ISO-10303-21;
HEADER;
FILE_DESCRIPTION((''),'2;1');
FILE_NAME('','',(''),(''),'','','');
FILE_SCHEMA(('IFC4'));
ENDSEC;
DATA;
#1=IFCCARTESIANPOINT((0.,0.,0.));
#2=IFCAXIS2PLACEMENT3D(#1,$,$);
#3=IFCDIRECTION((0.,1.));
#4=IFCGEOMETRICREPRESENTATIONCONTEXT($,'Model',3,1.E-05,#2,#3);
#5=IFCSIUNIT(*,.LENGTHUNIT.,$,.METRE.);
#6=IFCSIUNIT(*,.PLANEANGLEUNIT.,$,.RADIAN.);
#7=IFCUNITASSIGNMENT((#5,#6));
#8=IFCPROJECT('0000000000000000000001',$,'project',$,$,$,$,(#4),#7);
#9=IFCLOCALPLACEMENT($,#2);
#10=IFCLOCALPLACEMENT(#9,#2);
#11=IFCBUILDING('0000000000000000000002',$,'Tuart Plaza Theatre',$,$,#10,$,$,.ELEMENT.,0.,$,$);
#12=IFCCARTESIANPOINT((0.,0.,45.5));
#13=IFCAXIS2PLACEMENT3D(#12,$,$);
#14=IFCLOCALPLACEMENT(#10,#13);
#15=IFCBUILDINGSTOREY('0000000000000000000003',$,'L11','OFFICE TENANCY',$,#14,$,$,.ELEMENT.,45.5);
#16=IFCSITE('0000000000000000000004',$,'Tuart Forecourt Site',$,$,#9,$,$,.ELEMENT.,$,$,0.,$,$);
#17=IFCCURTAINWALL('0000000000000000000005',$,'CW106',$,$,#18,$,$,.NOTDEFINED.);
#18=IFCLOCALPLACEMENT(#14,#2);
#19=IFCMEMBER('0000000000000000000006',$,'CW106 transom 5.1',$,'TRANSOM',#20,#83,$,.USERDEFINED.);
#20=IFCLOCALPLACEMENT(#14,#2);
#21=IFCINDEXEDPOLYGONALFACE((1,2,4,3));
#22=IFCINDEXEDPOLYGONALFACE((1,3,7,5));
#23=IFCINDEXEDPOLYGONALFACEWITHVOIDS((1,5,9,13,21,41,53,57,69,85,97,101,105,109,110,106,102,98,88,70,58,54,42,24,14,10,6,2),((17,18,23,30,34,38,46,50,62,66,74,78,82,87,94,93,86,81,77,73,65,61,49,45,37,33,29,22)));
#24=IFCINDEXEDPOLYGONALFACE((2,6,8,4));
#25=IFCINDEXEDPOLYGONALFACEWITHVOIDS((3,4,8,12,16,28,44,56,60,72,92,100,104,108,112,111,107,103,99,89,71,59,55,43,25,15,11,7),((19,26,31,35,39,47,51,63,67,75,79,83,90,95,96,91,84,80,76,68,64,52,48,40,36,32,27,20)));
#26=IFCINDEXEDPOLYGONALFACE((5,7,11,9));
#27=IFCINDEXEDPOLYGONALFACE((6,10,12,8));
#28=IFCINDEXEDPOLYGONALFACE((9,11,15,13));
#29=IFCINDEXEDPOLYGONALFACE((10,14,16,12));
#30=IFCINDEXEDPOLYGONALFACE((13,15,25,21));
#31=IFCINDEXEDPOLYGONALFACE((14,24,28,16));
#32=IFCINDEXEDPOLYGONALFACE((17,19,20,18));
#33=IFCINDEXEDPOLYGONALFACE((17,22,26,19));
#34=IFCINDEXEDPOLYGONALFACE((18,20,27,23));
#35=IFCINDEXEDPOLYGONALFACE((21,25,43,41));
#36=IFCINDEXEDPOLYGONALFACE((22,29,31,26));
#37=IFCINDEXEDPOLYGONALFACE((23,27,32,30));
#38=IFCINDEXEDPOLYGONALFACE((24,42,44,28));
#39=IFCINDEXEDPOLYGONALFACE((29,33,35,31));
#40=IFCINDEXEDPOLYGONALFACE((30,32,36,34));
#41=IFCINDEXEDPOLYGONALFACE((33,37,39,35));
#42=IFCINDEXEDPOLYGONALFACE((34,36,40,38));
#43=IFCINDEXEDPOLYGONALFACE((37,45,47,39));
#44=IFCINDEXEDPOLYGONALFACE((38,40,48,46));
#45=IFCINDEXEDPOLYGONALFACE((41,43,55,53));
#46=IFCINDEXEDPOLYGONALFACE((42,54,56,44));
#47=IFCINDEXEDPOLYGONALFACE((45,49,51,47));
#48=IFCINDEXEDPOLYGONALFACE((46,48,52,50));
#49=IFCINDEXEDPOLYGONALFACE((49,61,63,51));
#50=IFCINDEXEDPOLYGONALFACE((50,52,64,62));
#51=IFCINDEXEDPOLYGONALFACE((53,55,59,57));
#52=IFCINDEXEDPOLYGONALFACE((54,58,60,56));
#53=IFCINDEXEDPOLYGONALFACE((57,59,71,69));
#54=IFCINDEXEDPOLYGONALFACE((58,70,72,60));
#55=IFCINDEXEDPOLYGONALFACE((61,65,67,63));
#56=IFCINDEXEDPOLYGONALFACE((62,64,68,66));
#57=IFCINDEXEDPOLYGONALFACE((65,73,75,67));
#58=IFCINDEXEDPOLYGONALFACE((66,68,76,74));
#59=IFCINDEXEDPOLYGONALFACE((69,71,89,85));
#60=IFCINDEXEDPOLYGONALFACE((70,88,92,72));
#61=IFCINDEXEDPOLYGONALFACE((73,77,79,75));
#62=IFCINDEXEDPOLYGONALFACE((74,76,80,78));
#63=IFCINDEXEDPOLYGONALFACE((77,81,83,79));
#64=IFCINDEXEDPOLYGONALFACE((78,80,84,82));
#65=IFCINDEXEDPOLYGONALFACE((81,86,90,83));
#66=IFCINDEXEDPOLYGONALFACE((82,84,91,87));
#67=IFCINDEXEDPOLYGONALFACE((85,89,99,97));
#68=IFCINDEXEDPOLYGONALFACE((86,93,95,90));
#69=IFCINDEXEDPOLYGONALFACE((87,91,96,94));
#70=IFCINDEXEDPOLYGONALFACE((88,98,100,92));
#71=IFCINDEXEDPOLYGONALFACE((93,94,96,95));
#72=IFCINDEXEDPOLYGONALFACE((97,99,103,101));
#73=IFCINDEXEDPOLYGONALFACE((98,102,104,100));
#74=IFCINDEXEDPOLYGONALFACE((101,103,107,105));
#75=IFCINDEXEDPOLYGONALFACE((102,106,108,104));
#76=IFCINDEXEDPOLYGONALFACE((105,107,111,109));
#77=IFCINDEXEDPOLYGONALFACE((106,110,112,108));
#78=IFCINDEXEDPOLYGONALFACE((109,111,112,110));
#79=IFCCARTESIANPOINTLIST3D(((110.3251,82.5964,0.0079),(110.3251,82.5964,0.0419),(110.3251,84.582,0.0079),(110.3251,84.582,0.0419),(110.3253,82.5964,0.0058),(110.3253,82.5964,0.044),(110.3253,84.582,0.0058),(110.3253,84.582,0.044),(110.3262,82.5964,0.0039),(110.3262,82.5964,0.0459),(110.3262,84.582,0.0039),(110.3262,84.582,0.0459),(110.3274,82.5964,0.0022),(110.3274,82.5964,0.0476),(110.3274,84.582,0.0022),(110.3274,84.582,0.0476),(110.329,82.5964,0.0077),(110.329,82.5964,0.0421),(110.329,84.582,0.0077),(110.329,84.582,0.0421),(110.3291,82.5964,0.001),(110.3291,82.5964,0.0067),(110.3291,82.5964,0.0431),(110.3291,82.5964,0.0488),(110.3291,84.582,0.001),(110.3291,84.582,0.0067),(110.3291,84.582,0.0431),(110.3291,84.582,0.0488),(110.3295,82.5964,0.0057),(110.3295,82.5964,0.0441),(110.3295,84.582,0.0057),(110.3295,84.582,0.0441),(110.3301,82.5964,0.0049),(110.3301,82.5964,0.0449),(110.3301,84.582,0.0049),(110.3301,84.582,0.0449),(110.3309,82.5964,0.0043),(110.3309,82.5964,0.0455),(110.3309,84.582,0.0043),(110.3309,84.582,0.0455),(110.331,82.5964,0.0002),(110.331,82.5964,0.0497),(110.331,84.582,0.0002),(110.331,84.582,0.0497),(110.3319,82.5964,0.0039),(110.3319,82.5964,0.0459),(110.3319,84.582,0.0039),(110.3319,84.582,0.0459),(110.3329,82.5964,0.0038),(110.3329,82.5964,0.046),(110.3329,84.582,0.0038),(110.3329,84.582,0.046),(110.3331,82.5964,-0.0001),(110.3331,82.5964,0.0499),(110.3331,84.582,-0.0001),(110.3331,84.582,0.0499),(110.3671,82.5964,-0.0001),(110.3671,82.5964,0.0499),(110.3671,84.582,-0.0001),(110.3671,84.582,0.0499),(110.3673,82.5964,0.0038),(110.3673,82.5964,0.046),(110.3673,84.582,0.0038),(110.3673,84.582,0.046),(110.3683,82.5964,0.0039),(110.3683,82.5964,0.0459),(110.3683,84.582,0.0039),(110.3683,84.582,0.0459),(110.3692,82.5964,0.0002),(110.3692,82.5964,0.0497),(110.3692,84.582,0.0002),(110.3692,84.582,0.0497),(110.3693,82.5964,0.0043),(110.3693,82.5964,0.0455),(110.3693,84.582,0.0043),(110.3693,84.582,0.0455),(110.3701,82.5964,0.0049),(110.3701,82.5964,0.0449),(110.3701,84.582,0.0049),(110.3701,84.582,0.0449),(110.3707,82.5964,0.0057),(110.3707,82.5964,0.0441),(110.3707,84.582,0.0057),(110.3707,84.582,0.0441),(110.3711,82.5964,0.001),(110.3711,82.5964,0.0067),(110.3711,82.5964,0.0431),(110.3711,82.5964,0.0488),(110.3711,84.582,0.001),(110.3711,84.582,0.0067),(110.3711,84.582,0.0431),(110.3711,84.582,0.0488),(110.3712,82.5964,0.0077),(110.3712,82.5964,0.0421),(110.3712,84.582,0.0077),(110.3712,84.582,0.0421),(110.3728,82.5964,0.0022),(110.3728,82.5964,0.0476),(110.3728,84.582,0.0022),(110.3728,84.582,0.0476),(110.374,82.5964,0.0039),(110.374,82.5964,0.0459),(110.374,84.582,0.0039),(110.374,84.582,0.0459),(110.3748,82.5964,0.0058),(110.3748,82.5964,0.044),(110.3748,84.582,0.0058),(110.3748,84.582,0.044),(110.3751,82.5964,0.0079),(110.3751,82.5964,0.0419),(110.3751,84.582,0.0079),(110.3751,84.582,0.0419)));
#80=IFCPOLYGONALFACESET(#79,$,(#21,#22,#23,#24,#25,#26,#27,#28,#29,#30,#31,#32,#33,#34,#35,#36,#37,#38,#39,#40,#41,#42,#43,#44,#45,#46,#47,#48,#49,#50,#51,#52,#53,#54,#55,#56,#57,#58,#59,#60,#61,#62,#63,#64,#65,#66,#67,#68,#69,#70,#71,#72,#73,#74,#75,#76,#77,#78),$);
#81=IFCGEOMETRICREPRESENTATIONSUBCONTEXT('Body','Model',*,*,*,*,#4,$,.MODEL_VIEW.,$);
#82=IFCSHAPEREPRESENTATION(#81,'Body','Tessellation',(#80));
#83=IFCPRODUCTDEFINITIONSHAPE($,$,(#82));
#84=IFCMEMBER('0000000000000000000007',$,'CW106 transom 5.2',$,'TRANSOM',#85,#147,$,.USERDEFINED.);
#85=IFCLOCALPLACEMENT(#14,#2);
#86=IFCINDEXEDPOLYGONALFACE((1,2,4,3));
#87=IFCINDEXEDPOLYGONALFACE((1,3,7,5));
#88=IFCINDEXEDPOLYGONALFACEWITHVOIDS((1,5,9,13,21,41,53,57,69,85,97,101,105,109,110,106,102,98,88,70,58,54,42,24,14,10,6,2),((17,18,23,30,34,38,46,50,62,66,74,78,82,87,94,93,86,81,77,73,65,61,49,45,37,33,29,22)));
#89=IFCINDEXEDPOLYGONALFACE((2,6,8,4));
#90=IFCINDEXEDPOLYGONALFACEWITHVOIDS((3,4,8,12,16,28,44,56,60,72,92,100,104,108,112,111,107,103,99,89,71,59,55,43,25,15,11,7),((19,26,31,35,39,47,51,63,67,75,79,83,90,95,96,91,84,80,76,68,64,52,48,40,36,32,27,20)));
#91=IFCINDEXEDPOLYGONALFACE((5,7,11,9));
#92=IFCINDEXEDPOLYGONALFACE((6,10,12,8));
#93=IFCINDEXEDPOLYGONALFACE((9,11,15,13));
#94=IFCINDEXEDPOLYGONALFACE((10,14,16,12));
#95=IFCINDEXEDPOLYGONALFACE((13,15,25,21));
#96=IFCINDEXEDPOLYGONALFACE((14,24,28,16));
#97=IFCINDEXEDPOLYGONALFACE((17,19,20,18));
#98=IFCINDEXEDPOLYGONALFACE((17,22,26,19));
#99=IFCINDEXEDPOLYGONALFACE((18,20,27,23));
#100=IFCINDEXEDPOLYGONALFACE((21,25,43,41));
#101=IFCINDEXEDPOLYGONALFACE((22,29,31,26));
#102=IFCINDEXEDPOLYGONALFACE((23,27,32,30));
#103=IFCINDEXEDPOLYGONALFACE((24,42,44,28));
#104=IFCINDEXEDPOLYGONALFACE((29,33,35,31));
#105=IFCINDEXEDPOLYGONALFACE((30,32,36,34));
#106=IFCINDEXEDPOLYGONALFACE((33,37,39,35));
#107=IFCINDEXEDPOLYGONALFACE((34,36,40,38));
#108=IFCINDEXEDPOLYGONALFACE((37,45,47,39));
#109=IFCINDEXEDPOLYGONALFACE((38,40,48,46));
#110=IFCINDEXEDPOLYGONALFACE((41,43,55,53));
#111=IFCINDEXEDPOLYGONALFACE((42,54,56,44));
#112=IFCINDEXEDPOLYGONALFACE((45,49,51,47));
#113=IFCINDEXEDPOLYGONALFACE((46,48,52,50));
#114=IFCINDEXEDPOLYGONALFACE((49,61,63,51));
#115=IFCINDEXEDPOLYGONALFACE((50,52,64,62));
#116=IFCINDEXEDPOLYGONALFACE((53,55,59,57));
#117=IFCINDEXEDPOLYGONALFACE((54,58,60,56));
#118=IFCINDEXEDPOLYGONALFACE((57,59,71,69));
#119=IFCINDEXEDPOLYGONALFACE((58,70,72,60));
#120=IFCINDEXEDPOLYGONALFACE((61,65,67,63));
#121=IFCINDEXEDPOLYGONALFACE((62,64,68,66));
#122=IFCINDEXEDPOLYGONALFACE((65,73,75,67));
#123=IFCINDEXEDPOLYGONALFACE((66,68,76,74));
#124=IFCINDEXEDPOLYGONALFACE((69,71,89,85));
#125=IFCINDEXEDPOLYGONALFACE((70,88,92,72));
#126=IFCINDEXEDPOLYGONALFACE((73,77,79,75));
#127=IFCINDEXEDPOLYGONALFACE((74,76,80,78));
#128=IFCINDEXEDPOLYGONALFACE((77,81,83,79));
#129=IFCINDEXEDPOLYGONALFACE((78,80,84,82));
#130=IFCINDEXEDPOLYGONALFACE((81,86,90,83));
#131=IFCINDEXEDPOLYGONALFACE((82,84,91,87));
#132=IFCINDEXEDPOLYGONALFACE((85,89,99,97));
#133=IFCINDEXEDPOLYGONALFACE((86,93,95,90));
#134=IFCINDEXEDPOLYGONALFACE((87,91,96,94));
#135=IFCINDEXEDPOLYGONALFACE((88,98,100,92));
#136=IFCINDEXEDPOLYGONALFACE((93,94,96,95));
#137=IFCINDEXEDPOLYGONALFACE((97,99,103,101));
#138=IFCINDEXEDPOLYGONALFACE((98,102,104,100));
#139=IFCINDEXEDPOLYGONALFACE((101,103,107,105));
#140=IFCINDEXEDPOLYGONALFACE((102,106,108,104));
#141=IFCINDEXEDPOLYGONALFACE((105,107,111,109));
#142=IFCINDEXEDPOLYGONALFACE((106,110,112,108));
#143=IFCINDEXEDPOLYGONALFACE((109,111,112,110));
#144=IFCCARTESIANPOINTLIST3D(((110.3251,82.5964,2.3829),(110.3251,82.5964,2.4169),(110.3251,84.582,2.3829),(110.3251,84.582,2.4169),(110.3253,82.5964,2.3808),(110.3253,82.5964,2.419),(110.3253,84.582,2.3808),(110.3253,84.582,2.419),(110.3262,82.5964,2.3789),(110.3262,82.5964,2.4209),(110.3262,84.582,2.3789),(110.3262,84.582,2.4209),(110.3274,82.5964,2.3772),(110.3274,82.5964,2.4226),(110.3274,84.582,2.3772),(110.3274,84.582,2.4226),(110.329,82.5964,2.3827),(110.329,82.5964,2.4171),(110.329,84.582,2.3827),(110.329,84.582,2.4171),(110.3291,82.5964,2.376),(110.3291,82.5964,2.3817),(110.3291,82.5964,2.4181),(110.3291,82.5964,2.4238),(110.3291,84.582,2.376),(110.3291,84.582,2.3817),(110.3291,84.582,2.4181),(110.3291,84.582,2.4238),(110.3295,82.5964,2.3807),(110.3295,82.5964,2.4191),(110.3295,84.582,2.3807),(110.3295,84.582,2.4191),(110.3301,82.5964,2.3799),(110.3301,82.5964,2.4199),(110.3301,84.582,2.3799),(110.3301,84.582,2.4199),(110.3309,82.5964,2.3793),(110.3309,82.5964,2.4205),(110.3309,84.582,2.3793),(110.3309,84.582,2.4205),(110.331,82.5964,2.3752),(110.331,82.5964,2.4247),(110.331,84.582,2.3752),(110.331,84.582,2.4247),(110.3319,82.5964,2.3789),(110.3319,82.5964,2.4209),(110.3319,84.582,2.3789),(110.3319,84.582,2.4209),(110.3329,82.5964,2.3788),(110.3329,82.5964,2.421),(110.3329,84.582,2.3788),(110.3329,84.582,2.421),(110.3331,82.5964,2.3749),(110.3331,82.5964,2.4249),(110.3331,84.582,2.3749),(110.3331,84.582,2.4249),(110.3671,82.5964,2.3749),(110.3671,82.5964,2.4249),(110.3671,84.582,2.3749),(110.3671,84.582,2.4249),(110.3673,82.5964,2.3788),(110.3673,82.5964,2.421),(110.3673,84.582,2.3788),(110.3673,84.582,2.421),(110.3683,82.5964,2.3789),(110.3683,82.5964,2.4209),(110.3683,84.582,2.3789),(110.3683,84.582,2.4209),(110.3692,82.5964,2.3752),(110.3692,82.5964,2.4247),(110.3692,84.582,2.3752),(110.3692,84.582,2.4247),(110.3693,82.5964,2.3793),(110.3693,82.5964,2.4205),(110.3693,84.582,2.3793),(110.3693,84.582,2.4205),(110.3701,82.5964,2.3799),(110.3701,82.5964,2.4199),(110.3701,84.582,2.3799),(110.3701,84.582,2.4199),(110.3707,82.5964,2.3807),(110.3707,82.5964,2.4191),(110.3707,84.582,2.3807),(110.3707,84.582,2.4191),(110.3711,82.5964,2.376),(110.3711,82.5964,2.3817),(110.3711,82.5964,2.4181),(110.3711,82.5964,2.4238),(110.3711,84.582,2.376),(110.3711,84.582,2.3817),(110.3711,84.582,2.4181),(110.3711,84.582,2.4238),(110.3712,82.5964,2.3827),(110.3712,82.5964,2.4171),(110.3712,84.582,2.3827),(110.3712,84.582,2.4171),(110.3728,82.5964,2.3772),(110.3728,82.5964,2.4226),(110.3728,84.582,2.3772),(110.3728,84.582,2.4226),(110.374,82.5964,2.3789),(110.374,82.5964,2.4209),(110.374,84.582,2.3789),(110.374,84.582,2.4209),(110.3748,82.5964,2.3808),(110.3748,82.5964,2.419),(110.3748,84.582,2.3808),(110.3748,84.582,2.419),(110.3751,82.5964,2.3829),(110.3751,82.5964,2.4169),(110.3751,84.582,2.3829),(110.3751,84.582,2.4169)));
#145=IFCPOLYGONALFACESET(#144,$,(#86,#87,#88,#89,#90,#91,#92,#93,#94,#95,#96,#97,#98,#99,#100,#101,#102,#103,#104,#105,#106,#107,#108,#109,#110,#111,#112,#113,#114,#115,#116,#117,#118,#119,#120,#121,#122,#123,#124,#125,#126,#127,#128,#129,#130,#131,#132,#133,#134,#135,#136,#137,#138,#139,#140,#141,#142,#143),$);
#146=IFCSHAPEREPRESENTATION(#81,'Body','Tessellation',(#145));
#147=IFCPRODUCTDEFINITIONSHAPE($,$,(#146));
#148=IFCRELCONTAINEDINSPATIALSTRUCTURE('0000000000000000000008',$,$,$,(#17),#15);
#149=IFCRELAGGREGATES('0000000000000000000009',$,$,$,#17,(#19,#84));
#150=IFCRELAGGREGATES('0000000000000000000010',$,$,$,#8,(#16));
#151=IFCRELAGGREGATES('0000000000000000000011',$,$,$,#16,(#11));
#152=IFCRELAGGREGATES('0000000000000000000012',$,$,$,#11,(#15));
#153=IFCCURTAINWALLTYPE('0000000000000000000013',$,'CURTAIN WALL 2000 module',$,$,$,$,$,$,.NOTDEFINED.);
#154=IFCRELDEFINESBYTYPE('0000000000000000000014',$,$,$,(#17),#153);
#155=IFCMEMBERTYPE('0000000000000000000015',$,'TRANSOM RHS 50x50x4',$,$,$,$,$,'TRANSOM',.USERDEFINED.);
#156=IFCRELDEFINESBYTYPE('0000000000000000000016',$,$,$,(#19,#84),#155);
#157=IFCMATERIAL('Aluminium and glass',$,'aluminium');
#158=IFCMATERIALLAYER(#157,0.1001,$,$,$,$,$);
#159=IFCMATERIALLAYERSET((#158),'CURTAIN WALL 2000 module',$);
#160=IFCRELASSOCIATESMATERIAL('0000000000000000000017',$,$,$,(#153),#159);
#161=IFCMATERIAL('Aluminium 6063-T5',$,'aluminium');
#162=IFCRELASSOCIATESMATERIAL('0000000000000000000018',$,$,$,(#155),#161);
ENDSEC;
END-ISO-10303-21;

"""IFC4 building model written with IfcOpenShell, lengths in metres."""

from ifc_helpers import new_model, si_unit, direction, frame, origin, origin_2d, place, context, subcontext, project, spatial, hollow_rectangle, extrude, material, layer, layer_set, material_profile, profile_set, type_object, element, aggregate, save


model = new_model("IFC4")

# Units and contexts
model_context = context("Model", 3, precision=1e-05, world=origin(), true_north=direction((0.0, 1.0)))
body_context = subcontext(model_context, "Body", "Model", "MODEL_VIEW")
ifc_project = project(units=[si_unit("LENGTHUNIT", "METRE"), si_unit("PLANEANGLEUNIT", "RADIAN")], contexts=[model_context])

# Site, building, storey
site_placement = place(None, origin())
site = spatial("IfcSite", under=ifc_project, at=site_placement, Name="Tuart Forecourt Site", CompositionType="ELEMENT", RefElevation=0.0)
building_placement = place(site_placement, origin())
building = spatial("IfcBuilding", under=site, at=building_placement, Name="Tuart Plaza Theatre", CompositionType="ELEMENT", ElevationOfRefHeight=0.0)
storey_placement = place(building_placement, frame((0.0, 0.0, 45.5)))
storey = spatial("IfcBuildingStorey", under=building, at=storey_placement, Name="L11", Description="OFFICE TENANCY", CompositionType="ELEMENT", Elevation=45.5)

# Curtain wall, members
ifc_material_1 = material(Name="Aluminium and glass", Category="aluminium")
ifc_layer_1 = layer(ifc_material_1, 0.1001)
ifc_layer_set_1 = layer_set([ifc_layer_1], Name="CURTAIN WALL 2000 module")
curtain_wall_type = type_object("IfcCurtainWallType", Name="CURTAIN WALL 2000 module", PredefinedType="NOTDEFINED", material=ifc_layer_set_1)
curtain_wall_placement = place(storey_placement, origin())
curtain_wall = element("IfcCurtainWall", 1, at=curtain_wall_placement, inside=storey, type_object=curtain_wall_type, Name="CW106", PredefinedType="NOTDEFINED")
ifc_material_2 = material(Name="Aluminium 6063-T5", Category="aluminium")
ifc_material_profile = material_profile(ifc_material_2, hollow_rectangle(XDim=0.05, YDim=0.05, WallThickness=0.0039, InnerFilletRadius=0.0039, OuterFilletRadius=0.0081, at=origin_2d()), Name="RHS 50x50x4")
ifc_profile_set = profile_set([ifc_material_profile], Name="Aluminium 6063-T5")
member_type = type_object("IfcMemberType", Name="TRANSOM RHS 50x50x4", ElementType="TRANSOM", PredefinedType="USERDEFINED", material=ifc_profile_set)
member_1_placement = place(storey_placement, frame((110.3501, 84.582, 0.0249), z_axis=(0.0, -1.0, 0.0), x_axis=(1.0, 0.0, 0.0)))
member_1 = element("IfcMember", 2, at=member_1_placement, type_object=member_type, Name="CW106 transom 5.1", ObjectType="TRANSOM", PredefinedType="USERDEFINED", context=body_context, shape_type="SweptSolid", body=[
    extrude(hollow_rectangle(XDim=0.05, YDim=0.05, WallThickness=0.0039, InnerFilletRadius=0.0039, OuterFilletRadius=0.0081, at=origin_2d()), origin(), (0.0, 0.0, 1.0), 1.9856),
])
member_2_placement = place(storey_placement, frame((110.3501, 84.582, 2.3999), z_axis=(0.0, -1.0, 0.0), x_axis=(1.0, 0.0, 0.0)))
member_2 = element("IfcMember", 3, at=member_2_placement, type_object=member_type, Name="CW106 transom 5.2", ObjectType="TRANSOM", PredefinedType="USERDEFINED", context=body_context, shape_type="SweptSolid", body=[
    extrude(hollow_rectangle(XDim=0.05, YDim=0.05, WallThickness=0.0039, InnerFilletRadius=0.0039, OuterFilletRadius=0.0081, at=origin_2d()), origin(), (0.0, 0.0, 1.0), 1.9856),
])
aggregate(curtain_wall, [member_1, member_2])

save(model, "model.ifc")
